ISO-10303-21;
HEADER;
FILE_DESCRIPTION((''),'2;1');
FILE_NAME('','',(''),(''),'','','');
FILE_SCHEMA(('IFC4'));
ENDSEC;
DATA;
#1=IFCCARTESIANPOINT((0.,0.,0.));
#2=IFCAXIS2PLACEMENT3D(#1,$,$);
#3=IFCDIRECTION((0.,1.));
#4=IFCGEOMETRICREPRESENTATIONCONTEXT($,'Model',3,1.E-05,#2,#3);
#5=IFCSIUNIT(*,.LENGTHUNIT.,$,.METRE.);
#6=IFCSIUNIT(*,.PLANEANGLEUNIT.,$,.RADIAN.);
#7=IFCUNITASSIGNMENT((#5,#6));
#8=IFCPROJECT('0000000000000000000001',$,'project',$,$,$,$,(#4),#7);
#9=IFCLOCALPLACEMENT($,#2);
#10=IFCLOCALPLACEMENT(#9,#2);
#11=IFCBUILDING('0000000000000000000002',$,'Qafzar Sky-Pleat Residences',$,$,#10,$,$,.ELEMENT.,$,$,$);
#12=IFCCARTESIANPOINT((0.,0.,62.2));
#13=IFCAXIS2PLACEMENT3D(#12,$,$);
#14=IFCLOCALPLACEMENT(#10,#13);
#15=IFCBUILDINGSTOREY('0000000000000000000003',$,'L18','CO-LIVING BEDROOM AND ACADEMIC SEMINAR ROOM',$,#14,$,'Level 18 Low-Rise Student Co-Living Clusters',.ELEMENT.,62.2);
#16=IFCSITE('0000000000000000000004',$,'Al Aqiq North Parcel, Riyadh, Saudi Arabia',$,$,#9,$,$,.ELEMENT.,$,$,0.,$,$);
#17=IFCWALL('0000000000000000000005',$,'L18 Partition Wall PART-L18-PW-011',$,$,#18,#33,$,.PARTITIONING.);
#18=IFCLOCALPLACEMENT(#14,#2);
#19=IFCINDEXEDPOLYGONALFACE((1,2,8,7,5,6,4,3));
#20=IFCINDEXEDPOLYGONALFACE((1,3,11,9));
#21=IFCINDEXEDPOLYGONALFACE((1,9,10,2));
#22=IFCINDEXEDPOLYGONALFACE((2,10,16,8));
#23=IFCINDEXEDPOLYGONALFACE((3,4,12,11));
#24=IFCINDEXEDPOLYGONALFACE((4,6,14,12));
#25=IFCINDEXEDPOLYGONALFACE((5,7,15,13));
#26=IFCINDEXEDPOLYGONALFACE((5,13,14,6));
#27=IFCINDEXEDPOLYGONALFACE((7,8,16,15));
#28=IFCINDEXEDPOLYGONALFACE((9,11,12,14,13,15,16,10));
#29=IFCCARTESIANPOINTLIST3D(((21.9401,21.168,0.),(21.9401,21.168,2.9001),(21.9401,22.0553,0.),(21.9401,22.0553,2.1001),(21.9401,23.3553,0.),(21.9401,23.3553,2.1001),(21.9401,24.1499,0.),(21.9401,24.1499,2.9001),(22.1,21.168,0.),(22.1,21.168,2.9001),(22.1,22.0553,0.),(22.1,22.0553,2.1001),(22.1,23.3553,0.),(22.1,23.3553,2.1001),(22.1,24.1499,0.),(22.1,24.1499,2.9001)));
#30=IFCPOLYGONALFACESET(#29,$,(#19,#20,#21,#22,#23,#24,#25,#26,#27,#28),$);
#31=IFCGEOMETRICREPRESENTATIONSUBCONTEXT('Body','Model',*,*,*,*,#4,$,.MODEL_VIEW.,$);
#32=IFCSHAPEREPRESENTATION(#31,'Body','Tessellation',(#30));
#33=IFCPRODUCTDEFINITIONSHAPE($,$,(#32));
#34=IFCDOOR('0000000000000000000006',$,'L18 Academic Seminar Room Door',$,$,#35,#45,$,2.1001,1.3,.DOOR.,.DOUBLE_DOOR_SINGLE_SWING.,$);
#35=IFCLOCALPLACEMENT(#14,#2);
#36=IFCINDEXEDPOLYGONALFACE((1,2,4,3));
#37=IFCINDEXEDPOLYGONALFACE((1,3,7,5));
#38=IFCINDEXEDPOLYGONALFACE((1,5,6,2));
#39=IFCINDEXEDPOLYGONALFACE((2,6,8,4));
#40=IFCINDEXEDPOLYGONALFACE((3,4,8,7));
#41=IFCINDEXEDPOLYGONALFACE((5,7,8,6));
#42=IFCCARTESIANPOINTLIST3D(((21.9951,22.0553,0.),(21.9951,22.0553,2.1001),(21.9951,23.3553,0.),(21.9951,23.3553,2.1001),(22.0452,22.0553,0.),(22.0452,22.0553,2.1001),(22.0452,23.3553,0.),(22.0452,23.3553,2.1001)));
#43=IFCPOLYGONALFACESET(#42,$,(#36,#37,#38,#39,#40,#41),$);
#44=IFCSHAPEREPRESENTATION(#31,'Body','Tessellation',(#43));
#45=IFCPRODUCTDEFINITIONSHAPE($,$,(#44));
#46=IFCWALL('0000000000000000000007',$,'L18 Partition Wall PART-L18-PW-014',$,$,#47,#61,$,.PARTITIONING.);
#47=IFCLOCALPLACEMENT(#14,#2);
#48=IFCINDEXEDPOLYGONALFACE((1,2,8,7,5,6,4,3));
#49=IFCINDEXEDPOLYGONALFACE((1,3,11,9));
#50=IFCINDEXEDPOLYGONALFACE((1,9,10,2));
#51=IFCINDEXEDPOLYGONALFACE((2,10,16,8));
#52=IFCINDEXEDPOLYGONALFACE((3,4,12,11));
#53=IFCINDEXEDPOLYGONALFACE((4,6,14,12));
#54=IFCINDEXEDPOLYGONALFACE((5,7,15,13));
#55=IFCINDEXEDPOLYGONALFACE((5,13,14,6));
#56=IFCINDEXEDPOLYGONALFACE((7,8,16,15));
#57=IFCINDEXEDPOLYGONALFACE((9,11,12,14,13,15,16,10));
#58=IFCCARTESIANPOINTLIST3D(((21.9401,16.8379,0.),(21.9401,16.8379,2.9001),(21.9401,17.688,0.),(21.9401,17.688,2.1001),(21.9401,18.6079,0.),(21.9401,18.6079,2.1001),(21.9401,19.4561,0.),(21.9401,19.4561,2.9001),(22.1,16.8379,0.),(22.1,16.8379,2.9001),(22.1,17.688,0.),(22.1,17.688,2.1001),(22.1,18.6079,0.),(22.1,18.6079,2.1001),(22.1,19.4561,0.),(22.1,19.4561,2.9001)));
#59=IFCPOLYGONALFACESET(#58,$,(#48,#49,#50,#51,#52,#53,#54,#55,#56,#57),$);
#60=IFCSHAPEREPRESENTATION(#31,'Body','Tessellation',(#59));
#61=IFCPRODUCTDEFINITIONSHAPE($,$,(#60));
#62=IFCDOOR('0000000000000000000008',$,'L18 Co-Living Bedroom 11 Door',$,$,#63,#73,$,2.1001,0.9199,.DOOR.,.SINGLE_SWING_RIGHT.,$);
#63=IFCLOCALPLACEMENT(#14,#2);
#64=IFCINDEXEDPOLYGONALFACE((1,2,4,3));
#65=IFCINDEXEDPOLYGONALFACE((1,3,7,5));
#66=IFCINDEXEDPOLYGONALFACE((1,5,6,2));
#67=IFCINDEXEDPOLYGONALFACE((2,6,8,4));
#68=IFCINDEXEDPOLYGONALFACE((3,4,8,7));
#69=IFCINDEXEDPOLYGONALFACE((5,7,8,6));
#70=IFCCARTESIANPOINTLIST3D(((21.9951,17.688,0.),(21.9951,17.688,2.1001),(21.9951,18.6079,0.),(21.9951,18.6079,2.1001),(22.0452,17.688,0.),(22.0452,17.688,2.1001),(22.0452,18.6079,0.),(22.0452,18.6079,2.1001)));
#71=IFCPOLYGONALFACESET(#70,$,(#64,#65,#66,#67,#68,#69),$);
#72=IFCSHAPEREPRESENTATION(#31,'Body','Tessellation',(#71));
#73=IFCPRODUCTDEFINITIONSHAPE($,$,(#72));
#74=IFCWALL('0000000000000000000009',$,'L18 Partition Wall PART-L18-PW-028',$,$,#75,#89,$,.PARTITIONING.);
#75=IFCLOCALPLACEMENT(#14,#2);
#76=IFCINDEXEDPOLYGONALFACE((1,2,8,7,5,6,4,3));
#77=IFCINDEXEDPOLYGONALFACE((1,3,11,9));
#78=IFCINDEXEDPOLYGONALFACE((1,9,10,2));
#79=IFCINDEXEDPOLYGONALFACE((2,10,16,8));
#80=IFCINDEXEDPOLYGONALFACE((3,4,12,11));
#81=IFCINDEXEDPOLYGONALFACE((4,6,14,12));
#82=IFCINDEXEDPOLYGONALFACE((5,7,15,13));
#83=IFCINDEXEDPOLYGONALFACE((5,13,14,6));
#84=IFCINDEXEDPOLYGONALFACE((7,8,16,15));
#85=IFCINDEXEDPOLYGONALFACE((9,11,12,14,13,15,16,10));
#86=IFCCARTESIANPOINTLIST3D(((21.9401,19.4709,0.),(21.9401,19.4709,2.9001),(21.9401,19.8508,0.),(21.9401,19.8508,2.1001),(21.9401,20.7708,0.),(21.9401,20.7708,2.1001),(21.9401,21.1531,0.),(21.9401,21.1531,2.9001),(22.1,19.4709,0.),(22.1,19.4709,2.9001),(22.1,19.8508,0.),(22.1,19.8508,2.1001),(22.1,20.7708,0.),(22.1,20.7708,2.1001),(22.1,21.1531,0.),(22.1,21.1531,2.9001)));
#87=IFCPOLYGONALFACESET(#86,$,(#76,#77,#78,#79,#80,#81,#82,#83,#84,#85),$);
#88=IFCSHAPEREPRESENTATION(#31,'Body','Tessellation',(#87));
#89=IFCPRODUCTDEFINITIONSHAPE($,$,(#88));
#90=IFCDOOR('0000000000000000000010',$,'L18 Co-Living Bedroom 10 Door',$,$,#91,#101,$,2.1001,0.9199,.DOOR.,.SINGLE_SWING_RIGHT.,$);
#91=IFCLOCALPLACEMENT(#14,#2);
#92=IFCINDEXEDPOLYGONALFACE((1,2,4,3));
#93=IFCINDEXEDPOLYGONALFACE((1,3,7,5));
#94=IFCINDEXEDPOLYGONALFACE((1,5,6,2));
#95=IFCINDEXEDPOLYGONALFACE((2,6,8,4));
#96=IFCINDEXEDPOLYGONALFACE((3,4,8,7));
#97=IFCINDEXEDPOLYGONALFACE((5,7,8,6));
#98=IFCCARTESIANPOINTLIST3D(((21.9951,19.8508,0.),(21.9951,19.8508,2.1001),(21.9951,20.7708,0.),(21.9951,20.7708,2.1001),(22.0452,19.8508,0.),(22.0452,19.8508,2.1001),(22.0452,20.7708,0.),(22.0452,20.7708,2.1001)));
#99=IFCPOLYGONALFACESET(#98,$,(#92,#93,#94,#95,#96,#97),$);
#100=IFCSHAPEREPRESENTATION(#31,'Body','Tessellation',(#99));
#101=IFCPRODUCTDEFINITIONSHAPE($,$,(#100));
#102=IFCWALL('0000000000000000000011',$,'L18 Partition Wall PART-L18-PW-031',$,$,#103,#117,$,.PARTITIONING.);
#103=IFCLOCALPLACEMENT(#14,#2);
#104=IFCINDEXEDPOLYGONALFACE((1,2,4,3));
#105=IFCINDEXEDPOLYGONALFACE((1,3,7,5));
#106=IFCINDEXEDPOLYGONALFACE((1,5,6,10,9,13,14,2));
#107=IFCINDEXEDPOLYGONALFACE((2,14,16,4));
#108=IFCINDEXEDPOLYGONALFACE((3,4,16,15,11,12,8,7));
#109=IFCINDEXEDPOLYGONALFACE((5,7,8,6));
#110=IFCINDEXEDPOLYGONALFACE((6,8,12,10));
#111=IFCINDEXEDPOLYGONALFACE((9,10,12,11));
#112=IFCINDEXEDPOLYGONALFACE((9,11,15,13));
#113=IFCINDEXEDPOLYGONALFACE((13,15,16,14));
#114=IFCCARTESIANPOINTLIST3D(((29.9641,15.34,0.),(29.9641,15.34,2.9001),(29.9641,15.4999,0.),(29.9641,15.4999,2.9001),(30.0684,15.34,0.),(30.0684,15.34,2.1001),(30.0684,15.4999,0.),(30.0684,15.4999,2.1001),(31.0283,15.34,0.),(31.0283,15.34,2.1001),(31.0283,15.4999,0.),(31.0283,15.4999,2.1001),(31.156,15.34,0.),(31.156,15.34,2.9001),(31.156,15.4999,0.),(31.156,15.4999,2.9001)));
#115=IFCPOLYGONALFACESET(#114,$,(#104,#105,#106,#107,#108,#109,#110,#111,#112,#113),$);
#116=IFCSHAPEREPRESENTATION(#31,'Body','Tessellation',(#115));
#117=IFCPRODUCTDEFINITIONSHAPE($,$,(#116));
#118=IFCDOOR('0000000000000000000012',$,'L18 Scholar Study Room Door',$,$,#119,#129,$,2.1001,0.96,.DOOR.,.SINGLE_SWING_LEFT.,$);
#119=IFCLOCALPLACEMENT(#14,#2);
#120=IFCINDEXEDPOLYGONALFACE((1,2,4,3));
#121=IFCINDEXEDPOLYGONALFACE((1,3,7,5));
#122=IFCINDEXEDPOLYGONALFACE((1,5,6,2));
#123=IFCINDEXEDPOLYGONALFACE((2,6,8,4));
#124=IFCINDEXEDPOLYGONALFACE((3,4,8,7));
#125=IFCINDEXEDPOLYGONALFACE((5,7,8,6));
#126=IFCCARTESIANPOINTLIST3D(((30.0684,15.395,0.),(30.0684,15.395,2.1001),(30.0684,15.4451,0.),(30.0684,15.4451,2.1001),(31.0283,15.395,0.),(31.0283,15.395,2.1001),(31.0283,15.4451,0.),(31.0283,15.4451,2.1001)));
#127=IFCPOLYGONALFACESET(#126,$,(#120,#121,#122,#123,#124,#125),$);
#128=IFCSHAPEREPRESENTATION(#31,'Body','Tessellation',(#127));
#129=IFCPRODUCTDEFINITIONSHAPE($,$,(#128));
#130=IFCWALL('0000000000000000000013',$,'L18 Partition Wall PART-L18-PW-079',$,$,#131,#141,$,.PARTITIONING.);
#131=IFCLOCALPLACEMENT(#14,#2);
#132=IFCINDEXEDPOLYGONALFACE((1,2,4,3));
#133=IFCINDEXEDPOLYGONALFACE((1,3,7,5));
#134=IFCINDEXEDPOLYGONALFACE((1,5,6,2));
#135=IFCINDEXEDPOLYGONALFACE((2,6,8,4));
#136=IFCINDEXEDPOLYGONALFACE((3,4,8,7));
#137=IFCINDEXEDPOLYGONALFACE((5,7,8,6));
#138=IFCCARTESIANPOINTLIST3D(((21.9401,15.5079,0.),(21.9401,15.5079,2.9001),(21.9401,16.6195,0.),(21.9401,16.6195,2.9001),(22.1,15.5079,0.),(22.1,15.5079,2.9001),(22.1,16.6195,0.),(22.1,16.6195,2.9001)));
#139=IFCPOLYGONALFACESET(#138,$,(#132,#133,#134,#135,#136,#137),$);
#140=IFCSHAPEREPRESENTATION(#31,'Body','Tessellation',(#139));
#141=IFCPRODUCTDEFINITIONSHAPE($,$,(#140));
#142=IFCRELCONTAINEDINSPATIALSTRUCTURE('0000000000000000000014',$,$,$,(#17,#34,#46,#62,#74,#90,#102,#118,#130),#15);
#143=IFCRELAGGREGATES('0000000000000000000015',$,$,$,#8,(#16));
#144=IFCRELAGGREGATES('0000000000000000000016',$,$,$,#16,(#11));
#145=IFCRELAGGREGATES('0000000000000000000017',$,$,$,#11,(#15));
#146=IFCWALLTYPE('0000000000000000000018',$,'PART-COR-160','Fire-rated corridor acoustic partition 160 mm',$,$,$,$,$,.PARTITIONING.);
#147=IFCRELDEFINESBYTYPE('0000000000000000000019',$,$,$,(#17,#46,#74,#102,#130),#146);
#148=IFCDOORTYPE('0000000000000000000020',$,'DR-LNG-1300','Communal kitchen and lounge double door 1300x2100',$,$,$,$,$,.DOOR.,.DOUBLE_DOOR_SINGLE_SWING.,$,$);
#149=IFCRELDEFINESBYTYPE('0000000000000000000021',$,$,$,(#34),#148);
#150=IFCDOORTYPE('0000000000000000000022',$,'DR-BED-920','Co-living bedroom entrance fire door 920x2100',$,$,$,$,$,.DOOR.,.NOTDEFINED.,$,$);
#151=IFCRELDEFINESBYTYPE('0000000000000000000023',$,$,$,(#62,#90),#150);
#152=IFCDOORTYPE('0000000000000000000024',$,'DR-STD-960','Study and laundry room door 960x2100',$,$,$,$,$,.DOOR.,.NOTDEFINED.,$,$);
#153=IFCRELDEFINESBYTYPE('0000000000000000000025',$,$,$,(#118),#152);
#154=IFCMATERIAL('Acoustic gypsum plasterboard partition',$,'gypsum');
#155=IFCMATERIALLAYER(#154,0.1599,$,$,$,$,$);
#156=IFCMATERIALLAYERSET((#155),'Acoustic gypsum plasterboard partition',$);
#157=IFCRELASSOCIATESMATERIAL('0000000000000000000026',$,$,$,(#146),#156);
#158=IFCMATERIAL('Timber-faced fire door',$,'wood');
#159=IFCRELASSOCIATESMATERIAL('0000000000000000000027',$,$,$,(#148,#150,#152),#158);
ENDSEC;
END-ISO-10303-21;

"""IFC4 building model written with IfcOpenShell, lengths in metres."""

from ifc_helpers import new_model, si_unit, direction, frame, frame_2d, origin, place, context, subcontext, project, spatial, rectangle, extrude, source, transform, mapped, material, layer, layer_set, type_object, element, fill, save


model = new_model("IFC4")

# Units and contexts
model_context = context("Model", 3, precision=1e-05, world=origin(), true_north=direction((0.0, 1.0)))
body_context = subcontext(model_context, "Body", "Model", "MODEL_VIEW")
ifc_project = project(units=[si_unit("LENGTHUNIT", "METRE"), si_unit("PLANEANGLEUNIT", "RADIAN")], contexts=[model_context])

# Site, building, storey
site_placement = place(None, origin())
site = spatial("IfcSite", under=ifc_project, at=site_placement, Name="Al Aqiq North Parcel, Riyadh, Saudi Arabia", CompositionType="ELEMENT", RefElevation=0.0)
building_placement = place(site_placement, origin())
building = spatial("IfcBuilding", under=site, at=building_placement, Name="Qafzar Sky-Pleat Residences", CompositionType="ELEMENT")
storey_placement = place(building_placement, frame((0.0, 0.0, 62.2)))
storey = spatial("IfcBuildingStorey", under=building, at=storey_placement, Name="L18", Description="CO-LIVING BEDROOM AND ACADEMIC SEMINAR ROOM", LongName="Level 18 Low-Rise Student Co-Living Clusters", CompositionType="ELEMENT", Elevation=62.2)

# Walls, openings, doors
ifc_material_1 = material(Name="Acoustic gypsum plasterboard partition", Category="gypsum")
ifc_layer_1 = layer(ifc_material_1, 0.1599)
ifc_layer_set_1 = layer_set([ifc_layer_1], Name="Acoustic gypsum plasterboard partition")
wall_type_1 = type_object("IfcWallType", Name="PART-COR-160", Description="Fire-rated corridor acoustic partition 160 mm", PredefinedType="PARTITIONING", material=ifc_layer_set_1)
wall_1_placement = place(storey_placement, frame((22.02, 21.168, 0.0), z_axis=(0.0, 0.0, 1.0), x_axis=(0.0, 1.0, 0.0)))
wall_1 = element("IfcWall", 1, at=wall_1_placement, inside=storey, type_object=wall_type_1, Name="L18 Partition Wall PART-L18-PW-011", PredefinedType="PARTITIONING", context=body_context, shape_type="SweptSolid", body=[
    extrude(rectangle(XDim=2.9819, YDim=0.1599, at=frame_2d((1.491, 0.0))), origin(), (0.0, 0.0, 1.0), 2.9001),
])
opening_1_placement = place(wall_1_placement, frame((0.8875, 0.0, 0.0)))
opening_1 = element("IfcOpeningElement", 2, at=opening_1_placement, cuts=wall_1, PredefinedType="OPENING", context=body_context, shape_type="SweptSolid", body=[
    extrude(rectangle(XDim=1.3, YDim=2.1001, at=frame_2d((0.6499, 1.05))), frame((0.0, 0.0898, 0.0), z_axis=(0.0, -1.0, 0.0), x_axis=(1.0, 0.0, 0.0)), (0.0, 0.0, 1.0), 0.1799),
])
ifc_material_2 = material(Name="Timber-faced fire door", Category="wood")
door_type_1 = type_object("IfcDoorType", Name="DR-LNG-1300", Description="Communal kitchen and lounge double door 1300x2100", OperationType="DOUBLE_DOOR_SINGLE_SWING", PredefinedType="DOOR", material=ifc_material_2)
shared_shape_1 = source(origin(), body_context, "Body", "SweptSolid", [
    extrude(rectangle(XDim=1.3, YDim=2.1001, at=frame_2d((0.6499, 1.05))), frame((0.0, 0.0249, 0.0), z_axis=(0.0, -1.0, 0.0), x_axis=(1.0, 0.0, 0.0)), (0.0, 0.0, 1.0), 0.05),
])
door_1_placement = place(opening_1_placement, origin())
door_1 = element("IfcDoor", 3, at=door_1_placement, inside=storey, type_object=door_type_1, Name="L18 Academic Seminar Room Door", OperationType="DOUBLE_DOOR_SINGLE_SWING", OverallHeight=2.1001, OverallWidth=1.3, PredefinedType="DOOR", context=body_context, shape_type="MappedRepresentation", body=[
    mapped(shared_shape_1, transform((0.0, 0.0, 0.0), x_axis=(1.0, 0.0, 0.0), y_axis=(0.0, 1.0, 0.0), z_axis=(0.0, 0.0, 1.0), scale=1.0)),
])
fill(opening_1, door_1)
wall_2_placement = place(storey_placement, frame((22.02, 16.8379, 0.0), z_axis=(0.0, 0.0, 1.0), x_axis=(0.0, 1.0, 0.0)))
wall_2 = element("IfcWall", 4, at=wall_2_placement, inside=storey, type_object=wall_type_1, Name="L18 Partition Wall PART-L18-PW-014", PredefinedType="PARTITIONING", context=body_context, shape_type="SweptSolid", body=[
    extrude(rectangle(XDim=2.6182, YDim=0.1599, at=frame_2d((1.3091, 0.0))), origin(), (0.0, 0.0, 1.0), 2.9001),
])
opening_2_placement = place(wall_2_placement, frame((0.8501, 0.0, 0.0)))
opening_2 = element("IfcOpeningElement", 5, at=opening_2_placement, cuts=wall_2, PredefinedType="OPENING", context=body_context, shape_type="SweptSolid", body=[
    extrude(rectangle(XDim=0.9199, YDim=2.1001, at=frame_2d((0.46, 1.05))), frame((0.0, 0.0898, 0.0), z_axis=(0.0, -1.0, 0.0), x_axis=(1.0, 0.0, 0.0)), (0.0, 0.0, 1.0), 0.1799),
])
door_type_2 = type_object("IfcDoorType", Name="DR-BED-920", Description="Co-living bedroom entrance fire door 920x2100", OperationType="NOTDEFINED", PredefinedType="DOOR", material=ifc_material_2)
shared_shape_2 = source(origin(), body_context, "Body", "SweptSolid", [
    extrude(rectangle(XDim=0.9199, YDim=2.1001, at=frame_2d((0.46, 1.05))), frame((0.0, 0.0249, 0.0), z_axis=(0.0, -1.0, 0.0), x_axis=(1.0, 0.0, 0.0)), (0.0, 0.0, 1.0), 0.05),
])
door_2_placement = place(opening_2_placement, origin())
door_2 = element("IfcDoor", 6, at=door_2_placement, inside=storey, type_object=door_type_2, Name="L18 Co-Living Bedroom 11 Door", OperationType="SINGLE_SWING_RIGHT", OverallHeight=2.1001, OverallWidth=0.9199, PredefinedType="DOOR", context=body_context, shape_type="MappedRepresentation", body=[
    mapped(shared_shape_2, transform((0.0, 0.0, 0.0), x_axis=(1.0, 0.0, 0.0), y_axis=(0.0, 1.0, 0.0), z_axis=(0.0, 0.0, 1.0), scale=1.0)),
])
fill(opening_2, door_2)
wall_3_placement = place(storey_placement, frame((22.02, 19.4709, 0.0), z_axis=(0.0, 0.0, 1.0), x_axis=(0.0, 1.0, 0.0)))
wall_3 = element("IfcWall", 7, at=wall_3_placement, inside=storey, type_object=wall_type_1, Name="L18 Partition Wall PART-L18-PW-028", PredefinedType="PARTITIONING", context=body_context, shape_type="SweptSolid", body=[
    extrude(rectangle(XDim=1.6821, YDim=0.1599, at=frame_2d((0.8411, 0.0))), origin(), (0.0, 0.0, 1.0), 2.9001),
])
opening_3_placement = place(wall_3_placement, frame((0.3799, 0.0, 0.0)))
opening_3 = element("IfcOpeningElement", 8, at=opening_3_placement, cuts=wall_3, PredefinedType="OPENING", context=body_context, shape_type="SweptSolid", body=[
    extrude(rectangle(XDim=0.9199, YDim=2.1001, at=frame_2d((0.46, 1.05))), frame((0.0, 0.0898, 0.0), z_axis=(0.0, -1.0, 0.0), x_axis=(1.0, 0.0, 0.0)), (0.0, 0.0, 1.0), 0.1799),
])
door_3_placement = place(opening_3_placement, origin())
door_3 = element("IfcDoor", 9, at=door_3_placement, inside=storey, type_object=door_type_2, Name="L18 Co-Living Bedroom 10 Door", OperationType="SINGLE_SWING_RIGHT", OverallHeight=2.1001, OverallWidth=0.9199, PredefinedType="DOOR", context=body_context, shape_type="MappedRepresentation", body=[
    mapped(shared_shape_2, transform((0.0, 0.0, 0.0), x_axis=(1.0, 0.0, 0.0), y_axis=(0.0, 1.0, 0.0), z_axis=(0.0, 0.0, 1.0), scale=1.0)),
])
fill(opening_3, door_3)
wall_4_placement = place(storey_placement, frame((31.156, 15.4199, 0.0), z_axis=(0.0, 0.0, 1.0), x_axis=(-1.0, 0.0, 0.0)))
wall_4 = element("IfcWall", 10, at=wall_4_placement, inside=storey, type_object=wall_type_1, Name="L18 Partition Wall PART-L18-PW-031", PredefinedType="PARTITIONING", context=body_context, shape_type="SweptSolid", body=[
    extrude(rectangle(XDim=1.1919, YDim=0.1599, at=frame_2d((0.5959, 0.0))), origin(), (0.0, 0.0, 1.0), 2.9001),
])
opening_4_placement = place(wall_4_placement, frame((0.1277, 0.0, 0.0)))
opening_4 = element("IfcOpeningElement", 11, at=opening_4_placement, cuts=wall_4, PredefinedType="OPENING", context=body_context, shape_type="SweptSolid", body=[
    extrude(rectangle(XDim=0.96, YDim=2.1001, at=frame_2d((0.48, 1.05))), frame((0.0, 0.0898, 0.0), z_axis=(0.0, -1.0, 0.0), x_axis=(1.0, 0.0, 0.0)), (0.0, 0.0, 1.0), 0.1799),
])
door_type_3 = type_object("IfcDoorType", Name="DR-STD-960", Description="Study and laundry room door 960x2100", OperationType="NOTDEFINED", PredefinedType="DOOR", material=ifc_material_2)
shared_shape_3 = source(origin(), body_context, "Body", "SweptSolid", [
    extrude(rectangle(XDim=0.96, YDim=2.1001, at=frame_2d((0.48, 1.05))), frame((0.0, 0.0249, 0.0), z_axis=(0.0, -1.0, 0.0), x_axis=(1.0, 0.0, 0.0)), (0.0, 0.0, 1.0), 0.05),
])
door_4_placement = place(opening_4_placement, origin())
door_4 = element("IfcDoor", 12, at=door_4_placement, inside=storey, type_object=door_type_3, Name="L18 Scholar Study Room Door", OperationType="SINGLE_SWING_LEFT", OverallHeight=2.1001, OverallWidth=0.96, PredefinedType="DOOR", context=body_context, shape_type="MappedRepresentation", body=[
    mapped(shared_shape_3, transform((0.0, 0.0, 0.0), x_axis=(1.0, 0.0, 0.0), y_axis=(0.0, 1.0, 0.0), z_axis=(0.0, 0.0, 1.0), scale=1.0)),
])
fill(opening_4, door_4)

# Wall
wall_5_placement = place(storey_placement, frame((22.02, 15.5081, 0.0), z_axis=(0.0, 0.0, 1.0), x_axis=(0.0, 1.0, 0.0)))
element("IfcWall", 13, at=wall_5_placement, inside=storey, type_object=wall_type_1, Name="L18 Partition Wall PART-L18-PW-079", PredefinedType="PARTITIONING", context=body_context, shape_type="SweptSolid", body=[
    extrude(rectangle(XDim=1.1116, YDim=0.1599, at=frame_2d((0.5557, 0.0))), origin(), (0.0, 0.0, 1.0), 2.9001),
])

save(model, "model.ifc")
